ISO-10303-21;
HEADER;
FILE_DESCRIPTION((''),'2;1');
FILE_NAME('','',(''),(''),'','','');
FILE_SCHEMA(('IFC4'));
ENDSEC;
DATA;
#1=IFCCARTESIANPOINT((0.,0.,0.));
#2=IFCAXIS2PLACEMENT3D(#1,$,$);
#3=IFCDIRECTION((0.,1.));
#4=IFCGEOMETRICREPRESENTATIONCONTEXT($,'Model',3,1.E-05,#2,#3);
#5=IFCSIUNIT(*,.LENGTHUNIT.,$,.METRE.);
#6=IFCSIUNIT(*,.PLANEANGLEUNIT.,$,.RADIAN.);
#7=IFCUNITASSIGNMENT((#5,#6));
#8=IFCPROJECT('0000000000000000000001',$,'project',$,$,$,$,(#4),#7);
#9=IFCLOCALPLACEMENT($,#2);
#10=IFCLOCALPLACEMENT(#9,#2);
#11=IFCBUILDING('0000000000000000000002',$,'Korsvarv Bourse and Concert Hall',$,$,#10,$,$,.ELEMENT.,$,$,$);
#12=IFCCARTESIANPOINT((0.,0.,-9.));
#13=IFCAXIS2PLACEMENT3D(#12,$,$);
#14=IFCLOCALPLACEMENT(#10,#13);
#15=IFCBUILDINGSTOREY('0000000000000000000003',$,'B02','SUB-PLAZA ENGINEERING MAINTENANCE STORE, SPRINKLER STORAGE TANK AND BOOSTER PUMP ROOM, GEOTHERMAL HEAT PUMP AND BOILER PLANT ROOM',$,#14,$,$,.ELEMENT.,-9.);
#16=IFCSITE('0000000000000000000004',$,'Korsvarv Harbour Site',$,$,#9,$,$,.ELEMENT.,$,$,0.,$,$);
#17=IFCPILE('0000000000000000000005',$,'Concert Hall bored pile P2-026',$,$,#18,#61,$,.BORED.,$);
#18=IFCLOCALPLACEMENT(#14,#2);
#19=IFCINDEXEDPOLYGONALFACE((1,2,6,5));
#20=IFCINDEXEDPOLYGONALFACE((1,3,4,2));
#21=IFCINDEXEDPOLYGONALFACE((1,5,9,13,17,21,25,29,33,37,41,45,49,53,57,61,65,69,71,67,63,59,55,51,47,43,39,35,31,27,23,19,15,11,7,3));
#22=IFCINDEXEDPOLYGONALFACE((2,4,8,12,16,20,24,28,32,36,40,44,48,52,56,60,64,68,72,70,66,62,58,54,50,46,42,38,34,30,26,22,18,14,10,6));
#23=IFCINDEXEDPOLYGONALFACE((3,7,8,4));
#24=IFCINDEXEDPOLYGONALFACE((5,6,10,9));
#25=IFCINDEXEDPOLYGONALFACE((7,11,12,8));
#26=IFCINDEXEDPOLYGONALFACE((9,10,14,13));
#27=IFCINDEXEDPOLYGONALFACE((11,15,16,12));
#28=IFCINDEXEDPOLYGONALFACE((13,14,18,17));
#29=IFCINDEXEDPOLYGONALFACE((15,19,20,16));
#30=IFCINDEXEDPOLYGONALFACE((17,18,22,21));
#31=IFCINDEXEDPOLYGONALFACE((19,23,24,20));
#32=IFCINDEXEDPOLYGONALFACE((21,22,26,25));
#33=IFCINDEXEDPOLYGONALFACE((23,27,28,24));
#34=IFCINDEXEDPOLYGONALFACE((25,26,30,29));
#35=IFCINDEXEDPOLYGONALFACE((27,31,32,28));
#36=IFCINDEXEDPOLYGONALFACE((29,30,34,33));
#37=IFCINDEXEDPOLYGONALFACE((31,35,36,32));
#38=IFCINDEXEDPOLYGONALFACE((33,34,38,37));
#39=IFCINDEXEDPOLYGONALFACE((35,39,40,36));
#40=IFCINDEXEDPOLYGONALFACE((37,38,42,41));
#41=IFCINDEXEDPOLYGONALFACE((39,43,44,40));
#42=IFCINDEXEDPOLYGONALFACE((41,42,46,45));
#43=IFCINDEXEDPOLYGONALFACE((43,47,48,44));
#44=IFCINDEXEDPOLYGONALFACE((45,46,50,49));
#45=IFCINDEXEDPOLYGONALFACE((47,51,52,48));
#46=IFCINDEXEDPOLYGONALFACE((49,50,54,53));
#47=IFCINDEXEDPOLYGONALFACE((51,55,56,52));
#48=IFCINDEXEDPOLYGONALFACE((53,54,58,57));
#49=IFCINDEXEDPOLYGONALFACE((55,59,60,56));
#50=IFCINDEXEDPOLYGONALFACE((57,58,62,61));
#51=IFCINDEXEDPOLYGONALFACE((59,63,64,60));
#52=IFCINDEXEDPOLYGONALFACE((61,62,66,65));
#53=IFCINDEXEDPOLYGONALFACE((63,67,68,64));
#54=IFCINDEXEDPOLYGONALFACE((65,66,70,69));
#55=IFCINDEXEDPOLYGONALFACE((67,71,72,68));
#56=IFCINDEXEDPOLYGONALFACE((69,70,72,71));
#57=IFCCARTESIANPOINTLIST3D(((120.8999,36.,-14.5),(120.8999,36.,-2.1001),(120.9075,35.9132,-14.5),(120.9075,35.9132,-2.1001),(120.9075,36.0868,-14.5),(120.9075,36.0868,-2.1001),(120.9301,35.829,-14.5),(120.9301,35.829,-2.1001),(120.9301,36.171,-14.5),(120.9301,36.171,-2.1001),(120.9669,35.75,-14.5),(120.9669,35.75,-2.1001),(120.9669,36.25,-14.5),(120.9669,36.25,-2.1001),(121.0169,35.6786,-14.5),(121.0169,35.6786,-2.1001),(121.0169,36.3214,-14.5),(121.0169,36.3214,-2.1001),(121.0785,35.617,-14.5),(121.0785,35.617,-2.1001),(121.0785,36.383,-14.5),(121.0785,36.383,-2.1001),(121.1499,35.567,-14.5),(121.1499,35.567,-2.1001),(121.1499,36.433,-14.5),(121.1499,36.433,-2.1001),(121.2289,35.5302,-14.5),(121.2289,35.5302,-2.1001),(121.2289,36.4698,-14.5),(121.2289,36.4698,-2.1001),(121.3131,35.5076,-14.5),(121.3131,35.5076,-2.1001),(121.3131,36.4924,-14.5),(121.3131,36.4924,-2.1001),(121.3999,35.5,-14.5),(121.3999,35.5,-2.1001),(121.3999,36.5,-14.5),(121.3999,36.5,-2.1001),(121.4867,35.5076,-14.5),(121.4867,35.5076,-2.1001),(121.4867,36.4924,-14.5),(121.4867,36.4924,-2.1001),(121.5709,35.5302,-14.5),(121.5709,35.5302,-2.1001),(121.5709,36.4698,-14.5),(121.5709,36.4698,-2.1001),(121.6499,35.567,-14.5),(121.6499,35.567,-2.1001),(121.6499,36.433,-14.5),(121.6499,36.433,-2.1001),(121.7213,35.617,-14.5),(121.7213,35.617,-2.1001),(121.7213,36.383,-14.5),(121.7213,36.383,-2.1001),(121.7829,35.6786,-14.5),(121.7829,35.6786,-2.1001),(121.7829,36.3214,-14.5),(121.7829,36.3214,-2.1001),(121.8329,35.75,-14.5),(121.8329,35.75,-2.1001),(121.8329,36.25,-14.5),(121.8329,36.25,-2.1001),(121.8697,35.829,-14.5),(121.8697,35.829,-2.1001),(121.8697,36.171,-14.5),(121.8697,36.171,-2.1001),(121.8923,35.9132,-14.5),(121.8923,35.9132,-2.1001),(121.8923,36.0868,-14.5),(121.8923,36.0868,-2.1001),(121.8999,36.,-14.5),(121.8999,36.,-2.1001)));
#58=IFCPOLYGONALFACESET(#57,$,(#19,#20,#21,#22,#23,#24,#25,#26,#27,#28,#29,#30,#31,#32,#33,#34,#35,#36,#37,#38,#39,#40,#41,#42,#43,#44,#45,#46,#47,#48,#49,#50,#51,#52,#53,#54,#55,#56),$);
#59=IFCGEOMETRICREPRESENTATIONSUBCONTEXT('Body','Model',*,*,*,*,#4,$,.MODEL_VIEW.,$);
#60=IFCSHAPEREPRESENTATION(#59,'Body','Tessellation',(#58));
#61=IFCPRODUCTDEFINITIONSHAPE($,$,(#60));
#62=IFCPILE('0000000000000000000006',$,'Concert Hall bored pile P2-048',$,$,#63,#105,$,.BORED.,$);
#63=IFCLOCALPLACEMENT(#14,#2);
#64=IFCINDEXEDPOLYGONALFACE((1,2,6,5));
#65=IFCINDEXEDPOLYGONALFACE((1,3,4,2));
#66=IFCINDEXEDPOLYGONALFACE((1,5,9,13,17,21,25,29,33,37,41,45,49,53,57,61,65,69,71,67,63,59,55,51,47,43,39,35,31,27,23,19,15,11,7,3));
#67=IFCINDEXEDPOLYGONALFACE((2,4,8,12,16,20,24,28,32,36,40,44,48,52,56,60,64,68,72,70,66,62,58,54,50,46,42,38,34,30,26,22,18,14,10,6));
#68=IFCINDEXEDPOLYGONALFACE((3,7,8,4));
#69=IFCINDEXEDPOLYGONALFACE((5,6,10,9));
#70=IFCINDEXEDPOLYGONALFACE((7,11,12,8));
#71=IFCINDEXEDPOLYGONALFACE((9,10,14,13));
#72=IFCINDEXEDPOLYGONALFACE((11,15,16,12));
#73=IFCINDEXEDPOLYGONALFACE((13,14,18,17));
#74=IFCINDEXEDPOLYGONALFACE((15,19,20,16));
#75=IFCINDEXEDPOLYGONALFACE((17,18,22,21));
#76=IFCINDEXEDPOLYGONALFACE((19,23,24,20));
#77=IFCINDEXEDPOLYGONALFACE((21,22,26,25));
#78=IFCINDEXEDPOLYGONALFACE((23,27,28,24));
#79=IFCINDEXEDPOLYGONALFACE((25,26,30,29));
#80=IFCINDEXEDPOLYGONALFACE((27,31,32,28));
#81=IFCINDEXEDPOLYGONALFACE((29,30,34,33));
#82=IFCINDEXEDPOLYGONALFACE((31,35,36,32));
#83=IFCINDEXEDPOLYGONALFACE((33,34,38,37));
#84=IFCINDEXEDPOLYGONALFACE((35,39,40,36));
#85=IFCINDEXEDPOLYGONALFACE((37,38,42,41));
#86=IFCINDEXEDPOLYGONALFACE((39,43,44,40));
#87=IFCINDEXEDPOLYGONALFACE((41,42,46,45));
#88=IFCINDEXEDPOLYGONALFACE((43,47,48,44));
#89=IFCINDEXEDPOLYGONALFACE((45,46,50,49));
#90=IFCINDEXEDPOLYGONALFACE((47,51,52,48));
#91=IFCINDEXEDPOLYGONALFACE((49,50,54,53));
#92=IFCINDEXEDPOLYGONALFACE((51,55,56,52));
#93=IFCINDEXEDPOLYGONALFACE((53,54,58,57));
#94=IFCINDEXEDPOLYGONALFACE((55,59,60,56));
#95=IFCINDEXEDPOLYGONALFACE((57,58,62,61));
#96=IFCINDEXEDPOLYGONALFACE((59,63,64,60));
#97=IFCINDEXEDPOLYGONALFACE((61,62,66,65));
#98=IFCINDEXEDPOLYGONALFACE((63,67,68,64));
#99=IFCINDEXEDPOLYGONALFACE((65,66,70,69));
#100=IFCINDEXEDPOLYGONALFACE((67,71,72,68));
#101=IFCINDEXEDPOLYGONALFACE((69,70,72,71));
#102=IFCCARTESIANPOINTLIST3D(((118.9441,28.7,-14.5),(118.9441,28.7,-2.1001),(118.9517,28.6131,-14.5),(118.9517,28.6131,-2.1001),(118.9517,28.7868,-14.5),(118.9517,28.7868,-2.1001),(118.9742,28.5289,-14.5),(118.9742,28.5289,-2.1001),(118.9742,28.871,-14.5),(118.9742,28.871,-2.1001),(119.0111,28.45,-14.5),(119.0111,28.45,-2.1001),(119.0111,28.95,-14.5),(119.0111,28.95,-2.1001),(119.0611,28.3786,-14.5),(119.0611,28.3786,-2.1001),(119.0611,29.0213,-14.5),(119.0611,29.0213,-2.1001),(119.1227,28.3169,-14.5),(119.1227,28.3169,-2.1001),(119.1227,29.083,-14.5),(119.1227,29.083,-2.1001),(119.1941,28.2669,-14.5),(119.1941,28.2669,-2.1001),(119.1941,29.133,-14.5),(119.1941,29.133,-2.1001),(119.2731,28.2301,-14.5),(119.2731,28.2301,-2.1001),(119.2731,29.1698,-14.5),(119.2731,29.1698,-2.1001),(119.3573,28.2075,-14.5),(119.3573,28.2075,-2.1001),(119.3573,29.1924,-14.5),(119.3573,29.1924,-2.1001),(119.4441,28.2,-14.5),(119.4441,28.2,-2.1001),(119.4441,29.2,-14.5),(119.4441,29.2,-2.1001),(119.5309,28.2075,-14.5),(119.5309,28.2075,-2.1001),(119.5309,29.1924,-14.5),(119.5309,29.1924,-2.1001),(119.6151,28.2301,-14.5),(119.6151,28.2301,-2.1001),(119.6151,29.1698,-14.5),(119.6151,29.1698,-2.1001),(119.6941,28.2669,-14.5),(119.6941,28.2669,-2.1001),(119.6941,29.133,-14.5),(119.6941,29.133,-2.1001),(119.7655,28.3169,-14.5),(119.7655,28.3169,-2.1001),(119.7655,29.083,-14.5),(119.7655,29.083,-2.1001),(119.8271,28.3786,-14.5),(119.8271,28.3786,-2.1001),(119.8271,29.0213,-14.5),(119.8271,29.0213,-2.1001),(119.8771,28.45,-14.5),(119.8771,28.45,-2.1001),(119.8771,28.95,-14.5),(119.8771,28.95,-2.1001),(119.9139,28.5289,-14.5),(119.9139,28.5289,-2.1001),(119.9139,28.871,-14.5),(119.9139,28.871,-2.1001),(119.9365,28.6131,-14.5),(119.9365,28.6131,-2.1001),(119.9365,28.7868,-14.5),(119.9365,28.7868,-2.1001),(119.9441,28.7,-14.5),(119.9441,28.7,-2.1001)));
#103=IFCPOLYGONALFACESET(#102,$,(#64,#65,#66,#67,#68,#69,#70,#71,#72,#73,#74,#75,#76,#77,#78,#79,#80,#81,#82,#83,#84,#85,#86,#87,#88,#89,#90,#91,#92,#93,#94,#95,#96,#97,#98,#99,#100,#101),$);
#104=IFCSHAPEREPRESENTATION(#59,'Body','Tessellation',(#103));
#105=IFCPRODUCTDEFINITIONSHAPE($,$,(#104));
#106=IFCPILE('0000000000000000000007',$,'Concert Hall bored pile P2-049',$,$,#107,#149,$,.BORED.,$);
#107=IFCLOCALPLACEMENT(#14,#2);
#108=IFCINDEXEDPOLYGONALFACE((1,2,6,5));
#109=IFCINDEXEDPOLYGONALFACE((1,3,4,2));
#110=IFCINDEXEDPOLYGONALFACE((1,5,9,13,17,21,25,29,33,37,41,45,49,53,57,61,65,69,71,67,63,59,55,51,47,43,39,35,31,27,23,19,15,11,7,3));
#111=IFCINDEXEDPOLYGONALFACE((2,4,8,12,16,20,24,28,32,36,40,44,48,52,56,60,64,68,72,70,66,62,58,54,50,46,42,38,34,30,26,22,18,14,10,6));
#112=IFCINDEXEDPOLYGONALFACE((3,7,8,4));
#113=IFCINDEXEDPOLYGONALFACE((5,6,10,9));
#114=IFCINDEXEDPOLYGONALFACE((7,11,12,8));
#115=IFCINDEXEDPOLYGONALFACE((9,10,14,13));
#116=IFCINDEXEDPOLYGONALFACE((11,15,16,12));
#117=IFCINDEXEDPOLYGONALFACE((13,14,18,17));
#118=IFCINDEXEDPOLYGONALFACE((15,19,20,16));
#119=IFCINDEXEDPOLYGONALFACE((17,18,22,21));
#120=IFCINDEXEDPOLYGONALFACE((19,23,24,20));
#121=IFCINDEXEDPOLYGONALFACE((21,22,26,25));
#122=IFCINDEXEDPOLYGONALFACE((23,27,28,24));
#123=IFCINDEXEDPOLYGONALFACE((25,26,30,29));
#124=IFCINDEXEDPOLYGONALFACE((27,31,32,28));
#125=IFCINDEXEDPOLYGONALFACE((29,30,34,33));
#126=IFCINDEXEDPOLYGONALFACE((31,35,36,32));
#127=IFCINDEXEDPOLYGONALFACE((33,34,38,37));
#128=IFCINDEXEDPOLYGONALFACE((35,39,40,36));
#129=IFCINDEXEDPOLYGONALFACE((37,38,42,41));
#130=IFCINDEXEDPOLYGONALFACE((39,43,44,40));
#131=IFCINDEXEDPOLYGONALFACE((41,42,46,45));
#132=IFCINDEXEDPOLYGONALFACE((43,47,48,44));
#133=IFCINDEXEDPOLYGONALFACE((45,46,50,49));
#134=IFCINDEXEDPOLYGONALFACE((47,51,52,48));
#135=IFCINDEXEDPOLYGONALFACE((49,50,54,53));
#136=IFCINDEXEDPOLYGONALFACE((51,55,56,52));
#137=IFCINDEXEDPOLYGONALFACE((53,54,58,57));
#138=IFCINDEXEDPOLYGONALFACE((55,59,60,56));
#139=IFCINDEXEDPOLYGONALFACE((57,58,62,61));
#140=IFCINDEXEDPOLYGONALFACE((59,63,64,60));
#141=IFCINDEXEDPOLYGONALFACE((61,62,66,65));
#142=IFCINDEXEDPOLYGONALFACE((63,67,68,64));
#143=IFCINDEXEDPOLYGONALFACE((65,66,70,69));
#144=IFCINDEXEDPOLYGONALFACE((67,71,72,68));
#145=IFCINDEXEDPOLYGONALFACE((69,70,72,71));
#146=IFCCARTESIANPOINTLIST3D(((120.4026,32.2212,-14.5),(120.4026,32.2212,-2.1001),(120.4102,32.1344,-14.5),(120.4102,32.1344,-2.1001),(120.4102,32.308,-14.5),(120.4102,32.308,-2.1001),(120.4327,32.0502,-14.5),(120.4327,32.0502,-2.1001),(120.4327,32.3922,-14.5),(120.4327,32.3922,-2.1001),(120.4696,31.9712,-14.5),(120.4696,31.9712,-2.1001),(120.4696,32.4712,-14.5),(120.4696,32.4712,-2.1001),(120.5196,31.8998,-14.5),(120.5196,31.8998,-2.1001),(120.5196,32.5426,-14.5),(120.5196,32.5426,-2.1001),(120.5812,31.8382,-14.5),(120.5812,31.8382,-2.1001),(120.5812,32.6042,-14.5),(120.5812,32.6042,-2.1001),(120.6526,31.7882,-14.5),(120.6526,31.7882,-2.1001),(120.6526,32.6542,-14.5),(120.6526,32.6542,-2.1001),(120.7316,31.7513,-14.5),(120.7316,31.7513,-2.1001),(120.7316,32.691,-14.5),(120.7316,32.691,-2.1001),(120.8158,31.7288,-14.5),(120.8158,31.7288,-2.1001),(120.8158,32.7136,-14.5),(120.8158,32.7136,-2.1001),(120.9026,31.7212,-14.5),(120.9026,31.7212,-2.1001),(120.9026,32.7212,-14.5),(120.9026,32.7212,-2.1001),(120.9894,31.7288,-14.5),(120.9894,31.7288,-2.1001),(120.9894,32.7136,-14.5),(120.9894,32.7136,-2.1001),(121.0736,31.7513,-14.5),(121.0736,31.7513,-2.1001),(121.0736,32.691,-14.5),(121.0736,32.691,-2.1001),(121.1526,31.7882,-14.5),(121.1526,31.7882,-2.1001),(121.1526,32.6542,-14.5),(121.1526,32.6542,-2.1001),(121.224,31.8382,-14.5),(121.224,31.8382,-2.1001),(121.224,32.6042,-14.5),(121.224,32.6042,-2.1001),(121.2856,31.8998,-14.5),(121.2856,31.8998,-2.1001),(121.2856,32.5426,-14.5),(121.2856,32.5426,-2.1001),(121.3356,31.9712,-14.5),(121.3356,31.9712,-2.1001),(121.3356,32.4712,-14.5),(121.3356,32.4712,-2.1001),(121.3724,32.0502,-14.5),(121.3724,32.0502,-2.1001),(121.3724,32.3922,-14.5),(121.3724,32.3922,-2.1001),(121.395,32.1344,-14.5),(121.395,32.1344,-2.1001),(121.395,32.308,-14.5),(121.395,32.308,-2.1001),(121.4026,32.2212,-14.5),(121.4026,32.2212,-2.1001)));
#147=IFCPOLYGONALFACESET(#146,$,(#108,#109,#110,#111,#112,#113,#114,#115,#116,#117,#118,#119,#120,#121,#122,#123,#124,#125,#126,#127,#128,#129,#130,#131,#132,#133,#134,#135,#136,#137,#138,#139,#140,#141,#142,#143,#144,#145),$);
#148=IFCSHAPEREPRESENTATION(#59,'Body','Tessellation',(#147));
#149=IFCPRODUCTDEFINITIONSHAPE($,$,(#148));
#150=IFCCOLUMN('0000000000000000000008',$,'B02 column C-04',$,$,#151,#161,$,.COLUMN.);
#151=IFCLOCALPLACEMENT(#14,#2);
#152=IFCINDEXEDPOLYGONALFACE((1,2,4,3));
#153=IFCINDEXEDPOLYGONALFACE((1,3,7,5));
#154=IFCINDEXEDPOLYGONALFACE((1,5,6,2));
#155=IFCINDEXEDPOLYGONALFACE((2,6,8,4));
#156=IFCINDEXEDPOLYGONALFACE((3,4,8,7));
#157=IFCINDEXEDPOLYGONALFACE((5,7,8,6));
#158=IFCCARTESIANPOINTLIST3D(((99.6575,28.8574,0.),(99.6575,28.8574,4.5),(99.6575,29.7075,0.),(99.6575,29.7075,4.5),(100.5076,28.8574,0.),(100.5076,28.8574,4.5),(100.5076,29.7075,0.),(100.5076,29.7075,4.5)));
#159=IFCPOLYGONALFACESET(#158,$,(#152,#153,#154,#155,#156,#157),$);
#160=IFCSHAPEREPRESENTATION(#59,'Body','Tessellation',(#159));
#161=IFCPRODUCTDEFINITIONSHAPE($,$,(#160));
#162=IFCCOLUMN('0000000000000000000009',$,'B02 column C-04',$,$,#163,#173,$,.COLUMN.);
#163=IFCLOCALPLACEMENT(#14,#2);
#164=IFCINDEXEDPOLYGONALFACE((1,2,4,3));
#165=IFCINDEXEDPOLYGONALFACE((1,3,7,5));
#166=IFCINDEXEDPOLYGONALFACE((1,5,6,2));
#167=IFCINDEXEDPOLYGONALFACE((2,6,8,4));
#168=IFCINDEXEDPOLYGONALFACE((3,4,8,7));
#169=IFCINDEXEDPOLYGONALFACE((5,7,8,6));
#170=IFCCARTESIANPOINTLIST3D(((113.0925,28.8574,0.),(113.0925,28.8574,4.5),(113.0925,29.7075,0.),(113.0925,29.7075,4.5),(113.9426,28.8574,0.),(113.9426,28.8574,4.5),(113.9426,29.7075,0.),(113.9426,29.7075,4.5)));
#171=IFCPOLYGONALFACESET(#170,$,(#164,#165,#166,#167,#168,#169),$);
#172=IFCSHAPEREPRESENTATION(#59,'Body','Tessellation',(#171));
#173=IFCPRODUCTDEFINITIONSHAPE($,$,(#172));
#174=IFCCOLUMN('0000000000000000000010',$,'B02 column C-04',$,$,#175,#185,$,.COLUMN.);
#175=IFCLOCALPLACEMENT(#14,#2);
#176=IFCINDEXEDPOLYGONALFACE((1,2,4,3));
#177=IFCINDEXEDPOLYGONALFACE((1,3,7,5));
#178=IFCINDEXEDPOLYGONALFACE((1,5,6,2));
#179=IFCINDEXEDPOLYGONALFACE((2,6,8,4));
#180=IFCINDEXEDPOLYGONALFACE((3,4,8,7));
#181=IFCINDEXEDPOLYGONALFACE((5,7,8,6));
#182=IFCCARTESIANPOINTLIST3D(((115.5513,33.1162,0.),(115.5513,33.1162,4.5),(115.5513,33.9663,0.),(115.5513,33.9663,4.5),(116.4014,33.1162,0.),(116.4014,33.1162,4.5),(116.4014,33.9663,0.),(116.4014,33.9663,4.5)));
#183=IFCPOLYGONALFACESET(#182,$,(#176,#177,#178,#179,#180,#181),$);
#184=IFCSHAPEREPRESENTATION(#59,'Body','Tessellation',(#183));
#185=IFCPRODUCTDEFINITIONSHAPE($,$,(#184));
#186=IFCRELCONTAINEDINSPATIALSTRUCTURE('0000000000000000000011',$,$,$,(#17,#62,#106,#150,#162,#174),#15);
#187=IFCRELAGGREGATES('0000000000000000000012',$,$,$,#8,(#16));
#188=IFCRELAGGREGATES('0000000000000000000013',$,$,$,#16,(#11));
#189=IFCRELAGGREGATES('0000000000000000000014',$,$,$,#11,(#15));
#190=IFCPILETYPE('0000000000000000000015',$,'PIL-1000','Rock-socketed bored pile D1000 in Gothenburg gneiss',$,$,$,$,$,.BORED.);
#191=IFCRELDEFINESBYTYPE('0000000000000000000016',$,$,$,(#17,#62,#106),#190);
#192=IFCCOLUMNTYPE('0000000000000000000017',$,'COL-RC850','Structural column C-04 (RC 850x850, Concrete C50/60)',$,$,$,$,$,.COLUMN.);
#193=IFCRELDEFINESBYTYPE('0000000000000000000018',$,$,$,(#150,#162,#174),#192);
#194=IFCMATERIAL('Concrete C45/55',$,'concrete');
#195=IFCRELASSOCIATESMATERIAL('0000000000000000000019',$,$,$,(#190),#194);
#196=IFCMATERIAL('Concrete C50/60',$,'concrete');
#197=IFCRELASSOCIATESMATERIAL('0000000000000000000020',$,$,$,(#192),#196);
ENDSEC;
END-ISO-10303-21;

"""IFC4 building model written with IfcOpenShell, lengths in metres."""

from ifc_helpers import new_model, si_unit, direction, frame, origin, origin_2d, place, context, subcontext, project, spatial, rectangle, circle, extrude, source, transform, mapped, material, material_profile, profile_set, type_object, element, save


model = new_model("IFC4")

# Units and contexts
model_context = context("Model", 3, precision=1e-05, world=origin(), true_north=direction((0.0, 1.0)))
body_context = subcontext(model_context, "Body", "Model", "MODEL_VIEW")
ifc_project = project(units=[si_unit("LENGTHUNIT", "METRE"), si_unit("PLANEANGLEUNIT", "RADIAN")], contexts=[model_context])

# Site, building, storey
site_placement = place(None, origin())
site = spatial("IfcSite", under=ifc_project, at=site_placement, Name="Korsvarv Harbour Site", CompositionType="ELEMENT", RefElevation=0.0)
building_placement = place(site_placement, origin())
building = spatial("IfcBuilding", under=site, at=building_placement, Name="Korsvarv Bourse and Concert Hall", CompositionType="ELEMENT")
storey_placement = place(building_placement, frame((0.0, 0.0, -9.0)))
storey = spatial("IfcBuildingStorey", under=building, at=storey_placement, Name="B02", Description="SUB-PLAZA ENGINEERING MAINTENANCE STORE, SPRINKLER STORAGE TANK AND BOOSTER PUMP ROOM, GEOTHERMAL HEAT PUMP AND BOILER PLANT ROOM", CompositionType="ELEMENT", Elevation=-9.0)

# Piles
ifc_material_1 = material(Name="Concrete C45/55", Category="concrete")
ifc_material_profile_1 = material_profile(ifc_material_1, circle(Radius=0.5, at=origin_2d()), Name="PILE D1000")
ifc_profile_set_1 = profile_set([ifc_material_profile_1], Name="Concrete C45/55")
pile_type = type_object("IfcPileType", Name="PIL-1000", Description="Rock-socketed bored pile D1000 in Gothenburg gneiss", PredefinedType="BORED", material=ifc_profile_set_1)
shared_shape_1 = source(origin(), body_context, "Body", "SweptSolid", [
    extrude(circle(Radius=0.5, at=origin_2d()), origin(), (0.0, 0.0, 1.0), 12.3999),
])
for number, where, z_axis, x_axis, name in (
    (1, (121.3999, 36.0, -2.1001), (0.0, 0.0, -1.0), (1.0, 0.0, 0.0), "Concert Hall bored pile P2-026"),
    (2, (119.4441, 28.7, -2.1001), (0.0, 0.0, -1.0), (1.0, 0.0, 0.0), "Concert Hall bored pile P2-048"),
    (3, (120.9026, 32.2212, -2.1001), (0.0, 0.0, -1.0), (1.0, 0.0, 0.0), "Concert Hall bored pile P2-049"),
):
    element("IfcPile", number, at=place(storey_placement, frame(where, z_axis=z_axis, x_axis=x_axis)), inside=storey, type_object=pile_type, Name=name, PredefinedType="BORED", context=body_context, shape_type="MappedRepresentation", body=[
        mapped(shared_shape_1, transform((0.0, 0.0, 0.0), scale=1.0)),
    ])

# Columns
ifc_material_2 = material(Name="Concrete C50/60", Category="concrete")
ifc_material_profile_2 = material_profile(ifc_material_2, rectangle(XDim=0.8501, YDim=0.8501, at=origin_2d()), Name="RC 850x850")
ifc_profile_set_2 = profile_set([ifc_material_profile_2], Name="Concrete C50/60")
column_type_1 = type_object("IfcColumnType", Name="COL-RC850", Description="Structural column C-04 (RC 850x850, Concrete C50/60)", PredefinedType="COLUMN", material=ifc_profile_set_2)
shared_shape_2 = source(origin(), body_context, "Body", "SweptSolid", [
    extrude(rectangle(XDim=0.8501, YDim=0.8501, at=origin_2d()), origin(), (0.0, 0.0, 1.0), 4.5),
])
for number, where, z_axis, x_axis, name in (
    (4, (100.0825, 29.2825, 0.0), (0.0, 0.0, 1.0), (1.0, 0.0, 0.0), "B02 column C-04"),
    (5, (113.5176, 29.2825, 0.0), (0.0, 0.0, 1.0), (1.0, 0.0, 0.0), "B02 column C-04"),
    (6, (115.9763, 33.5413, 0.0), (0.0, 0.0, 1.0), (1.0, 0.0, 0.0), "B02 column C-04"),
):
    element("IfcColumn", number, at=place(storey_placement, frame(where, z_axis=z_axis, x_axis=x_axis)), inside=storey, type_object=column_type_1, Name=name, PredefinedType="COLUMN", context=body_context, shape_type="MappedRepresentation", body=[
        mapped(shared_shape_2, transform((0.0, 0.0, 0.0), scale=1.0)),
    ])

save(model, "model.ifc")
